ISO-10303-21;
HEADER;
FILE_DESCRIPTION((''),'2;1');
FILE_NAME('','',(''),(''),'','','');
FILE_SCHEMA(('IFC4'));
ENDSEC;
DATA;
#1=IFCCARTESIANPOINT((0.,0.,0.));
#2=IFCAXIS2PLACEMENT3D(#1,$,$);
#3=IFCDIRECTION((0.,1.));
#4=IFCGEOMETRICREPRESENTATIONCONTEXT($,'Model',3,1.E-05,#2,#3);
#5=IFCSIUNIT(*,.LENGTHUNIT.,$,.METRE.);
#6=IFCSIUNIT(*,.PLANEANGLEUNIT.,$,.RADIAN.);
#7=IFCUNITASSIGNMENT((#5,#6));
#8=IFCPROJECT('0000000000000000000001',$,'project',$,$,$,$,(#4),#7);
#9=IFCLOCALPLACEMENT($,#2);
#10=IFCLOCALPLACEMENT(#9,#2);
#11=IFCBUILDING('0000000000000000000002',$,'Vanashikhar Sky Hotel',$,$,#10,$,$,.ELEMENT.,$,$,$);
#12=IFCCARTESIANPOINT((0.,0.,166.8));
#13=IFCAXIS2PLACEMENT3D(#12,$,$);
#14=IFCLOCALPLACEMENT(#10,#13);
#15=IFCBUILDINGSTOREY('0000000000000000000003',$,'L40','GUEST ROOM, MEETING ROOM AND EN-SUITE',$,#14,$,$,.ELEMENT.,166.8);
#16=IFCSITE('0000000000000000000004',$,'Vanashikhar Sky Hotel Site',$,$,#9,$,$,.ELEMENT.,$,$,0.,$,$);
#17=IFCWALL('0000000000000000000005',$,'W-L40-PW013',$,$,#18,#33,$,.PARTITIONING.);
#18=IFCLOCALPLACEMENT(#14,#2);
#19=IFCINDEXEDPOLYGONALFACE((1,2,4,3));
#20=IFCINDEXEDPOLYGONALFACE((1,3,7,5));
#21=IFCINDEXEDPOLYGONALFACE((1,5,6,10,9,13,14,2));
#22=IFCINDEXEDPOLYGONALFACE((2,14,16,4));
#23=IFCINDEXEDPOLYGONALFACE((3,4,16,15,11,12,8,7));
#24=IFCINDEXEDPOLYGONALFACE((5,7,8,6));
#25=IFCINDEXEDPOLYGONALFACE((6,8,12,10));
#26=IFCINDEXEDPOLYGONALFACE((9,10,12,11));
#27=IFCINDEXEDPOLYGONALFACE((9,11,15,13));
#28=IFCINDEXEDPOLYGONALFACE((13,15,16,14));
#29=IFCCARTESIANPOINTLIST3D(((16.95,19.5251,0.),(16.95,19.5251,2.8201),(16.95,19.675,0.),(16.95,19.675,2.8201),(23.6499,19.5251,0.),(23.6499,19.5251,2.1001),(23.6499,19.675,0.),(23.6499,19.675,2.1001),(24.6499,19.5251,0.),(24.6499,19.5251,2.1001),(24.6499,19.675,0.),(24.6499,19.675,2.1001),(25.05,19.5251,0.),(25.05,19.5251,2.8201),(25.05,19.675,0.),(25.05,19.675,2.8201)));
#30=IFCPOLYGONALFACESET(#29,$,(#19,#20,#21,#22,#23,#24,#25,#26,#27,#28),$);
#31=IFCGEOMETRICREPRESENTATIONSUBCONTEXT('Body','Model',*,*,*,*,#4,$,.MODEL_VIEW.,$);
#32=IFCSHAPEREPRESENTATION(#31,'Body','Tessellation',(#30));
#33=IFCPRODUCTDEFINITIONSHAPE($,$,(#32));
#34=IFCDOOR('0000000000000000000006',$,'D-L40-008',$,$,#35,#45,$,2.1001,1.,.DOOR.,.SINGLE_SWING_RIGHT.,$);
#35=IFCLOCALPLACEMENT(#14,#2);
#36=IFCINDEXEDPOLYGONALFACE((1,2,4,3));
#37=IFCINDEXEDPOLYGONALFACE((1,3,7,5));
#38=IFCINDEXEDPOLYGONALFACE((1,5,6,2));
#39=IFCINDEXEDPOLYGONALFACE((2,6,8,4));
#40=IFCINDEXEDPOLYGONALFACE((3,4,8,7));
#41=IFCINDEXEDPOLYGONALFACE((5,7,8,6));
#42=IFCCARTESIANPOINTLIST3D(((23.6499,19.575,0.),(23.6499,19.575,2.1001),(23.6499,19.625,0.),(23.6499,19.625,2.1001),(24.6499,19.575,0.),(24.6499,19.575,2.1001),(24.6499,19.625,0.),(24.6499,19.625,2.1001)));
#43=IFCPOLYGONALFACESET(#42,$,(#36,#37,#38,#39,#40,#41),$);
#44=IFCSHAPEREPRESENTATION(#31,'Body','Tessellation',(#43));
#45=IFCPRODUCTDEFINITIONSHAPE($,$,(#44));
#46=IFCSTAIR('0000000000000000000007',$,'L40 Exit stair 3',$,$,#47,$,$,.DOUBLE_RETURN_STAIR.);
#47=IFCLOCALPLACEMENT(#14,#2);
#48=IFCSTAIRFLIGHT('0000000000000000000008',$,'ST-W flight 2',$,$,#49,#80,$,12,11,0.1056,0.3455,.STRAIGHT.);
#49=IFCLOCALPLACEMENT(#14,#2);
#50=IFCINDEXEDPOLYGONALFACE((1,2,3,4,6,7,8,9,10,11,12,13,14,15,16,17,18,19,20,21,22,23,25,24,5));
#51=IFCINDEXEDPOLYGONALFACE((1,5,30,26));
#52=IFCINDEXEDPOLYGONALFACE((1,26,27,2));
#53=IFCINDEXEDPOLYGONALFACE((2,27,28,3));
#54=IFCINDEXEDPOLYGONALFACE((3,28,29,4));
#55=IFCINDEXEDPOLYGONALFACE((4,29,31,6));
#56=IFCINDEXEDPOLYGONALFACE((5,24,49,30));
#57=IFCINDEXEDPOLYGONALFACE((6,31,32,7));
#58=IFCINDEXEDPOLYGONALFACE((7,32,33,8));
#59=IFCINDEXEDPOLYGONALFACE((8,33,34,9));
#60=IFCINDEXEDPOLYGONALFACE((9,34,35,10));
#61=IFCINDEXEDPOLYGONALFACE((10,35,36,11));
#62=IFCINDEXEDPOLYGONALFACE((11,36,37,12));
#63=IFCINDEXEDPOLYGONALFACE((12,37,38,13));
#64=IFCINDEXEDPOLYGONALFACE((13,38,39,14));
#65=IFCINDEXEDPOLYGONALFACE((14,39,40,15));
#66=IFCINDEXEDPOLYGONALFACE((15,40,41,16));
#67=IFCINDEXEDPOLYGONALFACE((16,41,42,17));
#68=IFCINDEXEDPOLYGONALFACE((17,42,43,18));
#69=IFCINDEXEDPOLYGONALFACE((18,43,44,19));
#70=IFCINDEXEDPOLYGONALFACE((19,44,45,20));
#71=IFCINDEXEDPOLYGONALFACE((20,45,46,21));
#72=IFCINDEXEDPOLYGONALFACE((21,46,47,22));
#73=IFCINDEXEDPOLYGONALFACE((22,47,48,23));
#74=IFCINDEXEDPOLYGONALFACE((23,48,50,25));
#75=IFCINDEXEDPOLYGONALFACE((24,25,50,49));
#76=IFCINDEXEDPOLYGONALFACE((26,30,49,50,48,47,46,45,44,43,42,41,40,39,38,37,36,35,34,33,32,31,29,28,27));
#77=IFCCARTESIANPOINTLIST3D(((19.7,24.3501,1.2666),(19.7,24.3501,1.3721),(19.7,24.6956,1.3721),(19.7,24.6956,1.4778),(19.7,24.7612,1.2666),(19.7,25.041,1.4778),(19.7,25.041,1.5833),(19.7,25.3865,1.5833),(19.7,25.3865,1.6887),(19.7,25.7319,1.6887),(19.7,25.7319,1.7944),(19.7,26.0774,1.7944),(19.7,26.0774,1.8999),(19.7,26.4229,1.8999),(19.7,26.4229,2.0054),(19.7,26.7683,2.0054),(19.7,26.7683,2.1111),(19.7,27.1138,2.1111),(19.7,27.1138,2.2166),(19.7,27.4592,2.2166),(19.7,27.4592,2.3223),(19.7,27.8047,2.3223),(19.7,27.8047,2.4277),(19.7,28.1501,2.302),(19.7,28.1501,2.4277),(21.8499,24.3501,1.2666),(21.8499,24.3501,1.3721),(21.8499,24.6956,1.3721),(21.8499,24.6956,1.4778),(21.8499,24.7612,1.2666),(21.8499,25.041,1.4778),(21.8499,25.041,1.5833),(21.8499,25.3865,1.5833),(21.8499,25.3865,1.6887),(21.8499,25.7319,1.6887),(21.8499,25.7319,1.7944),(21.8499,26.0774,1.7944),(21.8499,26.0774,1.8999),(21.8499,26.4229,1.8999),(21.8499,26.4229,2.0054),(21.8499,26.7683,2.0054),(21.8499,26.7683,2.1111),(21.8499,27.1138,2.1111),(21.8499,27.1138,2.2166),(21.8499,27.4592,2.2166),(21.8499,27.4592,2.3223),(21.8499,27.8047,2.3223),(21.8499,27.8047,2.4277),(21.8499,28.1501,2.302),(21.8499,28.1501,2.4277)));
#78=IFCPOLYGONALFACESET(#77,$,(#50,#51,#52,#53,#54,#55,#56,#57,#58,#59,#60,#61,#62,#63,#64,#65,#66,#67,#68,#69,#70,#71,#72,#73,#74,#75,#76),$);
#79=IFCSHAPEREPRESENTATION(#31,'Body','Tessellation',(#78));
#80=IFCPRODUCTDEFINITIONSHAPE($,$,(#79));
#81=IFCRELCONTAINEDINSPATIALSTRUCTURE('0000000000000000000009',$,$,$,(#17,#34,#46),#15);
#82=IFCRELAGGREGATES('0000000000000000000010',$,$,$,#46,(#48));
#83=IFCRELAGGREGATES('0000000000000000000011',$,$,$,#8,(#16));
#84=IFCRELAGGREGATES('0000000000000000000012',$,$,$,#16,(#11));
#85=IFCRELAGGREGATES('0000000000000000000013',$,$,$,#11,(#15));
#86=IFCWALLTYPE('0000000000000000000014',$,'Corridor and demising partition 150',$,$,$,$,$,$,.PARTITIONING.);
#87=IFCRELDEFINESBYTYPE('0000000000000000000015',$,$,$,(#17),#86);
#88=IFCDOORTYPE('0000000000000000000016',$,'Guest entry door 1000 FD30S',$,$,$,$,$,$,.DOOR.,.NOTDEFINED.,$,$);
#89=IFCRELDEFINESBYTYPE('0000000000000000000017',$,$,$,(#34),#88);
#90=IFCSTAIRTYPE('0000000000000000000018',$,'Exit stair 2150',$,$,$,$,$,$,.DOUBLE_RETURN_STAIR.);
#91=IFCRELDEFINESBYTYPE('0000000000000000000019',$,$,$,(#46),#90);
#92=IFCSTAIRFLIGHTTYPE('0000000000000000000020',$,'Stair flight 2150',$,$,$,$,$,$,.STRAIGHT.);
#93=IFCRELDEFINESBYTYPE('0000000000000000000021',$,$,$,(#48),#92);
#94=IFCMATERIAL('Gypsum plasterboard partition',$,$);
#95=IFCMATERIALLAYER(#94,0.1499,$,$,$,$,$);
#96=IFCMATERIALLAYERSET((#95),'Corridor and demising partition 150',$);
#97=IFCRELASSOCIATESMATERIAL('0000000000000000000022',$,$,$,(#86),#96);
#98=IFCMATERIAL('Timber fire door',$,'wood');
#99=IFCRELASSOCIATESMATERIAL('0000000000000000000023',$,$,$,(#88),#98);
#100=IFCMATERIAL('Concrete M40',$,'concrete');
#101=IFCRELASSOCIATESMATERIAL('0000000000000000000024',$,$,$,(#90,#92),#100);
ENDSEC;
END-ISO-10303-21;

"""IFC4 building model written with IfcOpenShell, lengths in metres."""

from ifc_helpers import new_model, si_unit, direction, frame, frame_2d, origin, place, context, subcontext, project, spatial, polyline, rectangle, outline, extrude, source, transform, mapped, material, layer, layer_set, type_object, element, fill, aggregate, save


model = new_model("IFC4")

# Units and contexts
model_context = context("Model", 3, precision=1e-05, world=origin(), true_north=direction((0.0, 1.0)))
body_context = subcontext(model_context, "Body", "Model", "MODEL_VIEW")
ifc_project = project(units=[si_unit("LENGTHUNIT", "METRE"), si_unit("PLANEANGLEUNIT", "RADIAN")], contexts=[model_context])

# Site, building, storey
site_placement = place(None, origin())
site = spatial("IfcSite", under=ifc_project, at=site_placement, Name="Vanashikhar Sky Hotel Site", CompositionType="ELEMENT", RefElevation=0.0)
building_placement = place(site_placement, origin())
building = spatial("IfcBuilding", under=site, at=building_placement, Name="Vanashikhar Sky Hotel", CompositionType="ELEMENT")
storey_placement = place(building_placement, frame((0.0, 0.0, 166.8)))
storey = spatial("IfcBuildingStorey", under=building, at=storey_placement, Name="L40", Description="GUEST ROOM, MEETING ROOM AND EN-SUITE", CompositionType="ELEMENT", Elevation=166.8)

# Shared definitions
ifc_material_1 = material(Name="Gypsum plasterboard partition")

# Wall, opening, door
ifc_layer_1 = layer(ifc_material_1, 0.1499)
ifc_layer_set_1 = layer_set([ifc_layer_1], Name="Corridor and demising partition 150")
wall_type_1 = type_object("IfcWallType", Name="Corridor and demising partition 150", PredefinedType="PARTITIONING", material=ifc_layer_set_1)
shared_shape_1 = source(origin(), body_context, "Body", "SweptSolid", [
    extrude(rectangle(XDim=8.1001, YDim=0.1499, at=frame_2d((4.05, 0.0))), origin(), (0.0, 0.0, 1.0), 2.8201),
])
wall_1_placement = place(storey_placement, frame((16.95, 19.6001, 0.0), z_axis=(0.0, 0.0, 1.0), x_axis=(1.0, 0.0, 0.0)))
wall_1 = element("IfcWall", 1, at=wall_1_placement, inside=storey, type_object=wall_type_1, Name="W-L40-PW013", PredefinedType="PARTITIONING", context=body_context, shape_type="MappedRepresentation", body=[
    mapped(shared_shape_1, transform((0.0, 0.0, 0.0), scale=1.0)),
])
shared_shape_2 = source(origin(), body_context, "Body", "SweptSolid", [
    extrude(rectangle(XDim=1.0, YDim=2.1001, at=frame_2d((0.5, 1.05))), frame((0.0, 0.085, 0.0), z_axis=(0.0, -1.0, 0.0), x_axis=(1.0, 0.0, 0.0)), (0.0, 0.0, 1.0), 0.1699),
])
opening_1_placement = place(wall_1_placement, frame((6.7, 0.0, 0.0)))
opening_1 = element("IfcOpeningElement", 2, at=opening_1_placement, cuts=wall_1, PredefinedType="OPENING", context=body_context, shape_type="MappedRepresentation", body=[
    mapped(shared_shape_2, transform((0.0, 0.0, 0.0), scale=1.0)),
])
ifc_material_2 = material(Name="Timber fire door", Category="wood")
door_type_1 = type_object("IfcDoorType", Name="Guest entry door 1000 FD30S", OperationType="NOTDEFINED", PredefinedType="DOOR", material=ifc_material_2)
shared_shape_3 = source(origin(), body_context, "Body", "SweptSolid", [
    extrude(rectangle(XDim=1.0, YDim=2.1001, at=frame_2d((0.5, 1.05))), frame((0.0, 0.0249, 0.0), z_axis=(0.0, -1.0, 0.0), x_axis=(1.0, 0.0, 0.0)), (0.0, 0.0, 1.0), 0.05),
])
door_1_placement = place(opening_1_placement, origin())
door_1 = element("IfcDoor", 3, at=door_1_placement, inside=storey, type_object=door_type_1, Name="D-L40-008", OperationType="SINGLE_SWING_RIGHT", OverallHeight=2.1001, OverallWidth=1.0, PredefinedType="DOOR", context=body_context, shape_type="MappedRepresentation", body=[
    mapped(shared_shape_3, transform((0.0, 0.0, 0.0), scale=1.0)),
])
fill(opening_1, door_1)

# Stair, stair flight
ifc_material_3 = material(Name="Concrete M40", Category="concrete")
stair_type = type_object("IfcStairType", Name="Exit stair 2150", PredefinedType="DOUBLE_RETURN_STAIR", material=ifc_material_3)
stair_placement = place(storey_placement, origin())
stair = element("IfcStair", 4, at=stair_placement, inside=storey, type_object=stair_type, Name="L40 Exit stair 3", PredefinedType="DOUBLE_RETURN_STAIR")
stair_flight_type = type_object("IfcStairFlightType", Name="Stair flight 2150", PredefinedType="STRAIGHT", material=ifc_material_3)
shared_shape_4 = source(origin(), body_context, "Body", "SweptSolid", [
    extrude(outline(polyline([(0.0, 0.0), (0.0, 0.1055), (0.3455, 0.1055), (0.3455, 0.2112), (0.6909, 0.2112), (0.6909, 0.3167), (1.0364, 0.3167), (1.0364, 0.4221), (1.3818, 0.4221), (1.3818, 0.5278), (1.7273, 0.5278), (1.7273, 0.6333), (2.0728, 0.6333), (2.0728, 0.7388), (2.4182, 0.7388), (2.4182, 0.8445), (2.7637, 0.8445), (2.7637, 0.95), (3.1091, 0.95), (3.1091, 1.0557), (3.4546, 1.0557), (3.4546, 1.1611), (3.8, 1.1611), (3.8, 1.2666), (3.8, 1.0354), (0.4111, 0.0), (0.0, 0.0)])), frame((0.0, 1.075, 0.0), z_axis=(0.0, -1.0, 0.0), x_axis=(1.0, 0.0, 0.0)), (0.0, 0.0, 1.0), 2.1499),
])
stair_flight_placement = place(storey_placement, frame((20.7749, 24.3501, 1.2666), z_axis=(0.0, 0.0, 1.0), x_axis=(0.0, 1.0, 0.0)))
stair_flight = element("IfcStairFlight", 5, at=stair_flight_placement, type_object=stair_flight_type, Name="ST-W flight 2", NumberOfRisers=12, NumberOfTreads=11, PredefinedType="STRAIGHT", RiserHeight=0.1056, TreadLength=0.3455, context=body_context, shape_type="MappedRepresentation", body=[
    mapped(shared_shape_4, transform((0.0, 0.0, 0.0), scale=1.0)),
])
aggregate(stair, [stair_flight])

save(model, "model.ifc")
